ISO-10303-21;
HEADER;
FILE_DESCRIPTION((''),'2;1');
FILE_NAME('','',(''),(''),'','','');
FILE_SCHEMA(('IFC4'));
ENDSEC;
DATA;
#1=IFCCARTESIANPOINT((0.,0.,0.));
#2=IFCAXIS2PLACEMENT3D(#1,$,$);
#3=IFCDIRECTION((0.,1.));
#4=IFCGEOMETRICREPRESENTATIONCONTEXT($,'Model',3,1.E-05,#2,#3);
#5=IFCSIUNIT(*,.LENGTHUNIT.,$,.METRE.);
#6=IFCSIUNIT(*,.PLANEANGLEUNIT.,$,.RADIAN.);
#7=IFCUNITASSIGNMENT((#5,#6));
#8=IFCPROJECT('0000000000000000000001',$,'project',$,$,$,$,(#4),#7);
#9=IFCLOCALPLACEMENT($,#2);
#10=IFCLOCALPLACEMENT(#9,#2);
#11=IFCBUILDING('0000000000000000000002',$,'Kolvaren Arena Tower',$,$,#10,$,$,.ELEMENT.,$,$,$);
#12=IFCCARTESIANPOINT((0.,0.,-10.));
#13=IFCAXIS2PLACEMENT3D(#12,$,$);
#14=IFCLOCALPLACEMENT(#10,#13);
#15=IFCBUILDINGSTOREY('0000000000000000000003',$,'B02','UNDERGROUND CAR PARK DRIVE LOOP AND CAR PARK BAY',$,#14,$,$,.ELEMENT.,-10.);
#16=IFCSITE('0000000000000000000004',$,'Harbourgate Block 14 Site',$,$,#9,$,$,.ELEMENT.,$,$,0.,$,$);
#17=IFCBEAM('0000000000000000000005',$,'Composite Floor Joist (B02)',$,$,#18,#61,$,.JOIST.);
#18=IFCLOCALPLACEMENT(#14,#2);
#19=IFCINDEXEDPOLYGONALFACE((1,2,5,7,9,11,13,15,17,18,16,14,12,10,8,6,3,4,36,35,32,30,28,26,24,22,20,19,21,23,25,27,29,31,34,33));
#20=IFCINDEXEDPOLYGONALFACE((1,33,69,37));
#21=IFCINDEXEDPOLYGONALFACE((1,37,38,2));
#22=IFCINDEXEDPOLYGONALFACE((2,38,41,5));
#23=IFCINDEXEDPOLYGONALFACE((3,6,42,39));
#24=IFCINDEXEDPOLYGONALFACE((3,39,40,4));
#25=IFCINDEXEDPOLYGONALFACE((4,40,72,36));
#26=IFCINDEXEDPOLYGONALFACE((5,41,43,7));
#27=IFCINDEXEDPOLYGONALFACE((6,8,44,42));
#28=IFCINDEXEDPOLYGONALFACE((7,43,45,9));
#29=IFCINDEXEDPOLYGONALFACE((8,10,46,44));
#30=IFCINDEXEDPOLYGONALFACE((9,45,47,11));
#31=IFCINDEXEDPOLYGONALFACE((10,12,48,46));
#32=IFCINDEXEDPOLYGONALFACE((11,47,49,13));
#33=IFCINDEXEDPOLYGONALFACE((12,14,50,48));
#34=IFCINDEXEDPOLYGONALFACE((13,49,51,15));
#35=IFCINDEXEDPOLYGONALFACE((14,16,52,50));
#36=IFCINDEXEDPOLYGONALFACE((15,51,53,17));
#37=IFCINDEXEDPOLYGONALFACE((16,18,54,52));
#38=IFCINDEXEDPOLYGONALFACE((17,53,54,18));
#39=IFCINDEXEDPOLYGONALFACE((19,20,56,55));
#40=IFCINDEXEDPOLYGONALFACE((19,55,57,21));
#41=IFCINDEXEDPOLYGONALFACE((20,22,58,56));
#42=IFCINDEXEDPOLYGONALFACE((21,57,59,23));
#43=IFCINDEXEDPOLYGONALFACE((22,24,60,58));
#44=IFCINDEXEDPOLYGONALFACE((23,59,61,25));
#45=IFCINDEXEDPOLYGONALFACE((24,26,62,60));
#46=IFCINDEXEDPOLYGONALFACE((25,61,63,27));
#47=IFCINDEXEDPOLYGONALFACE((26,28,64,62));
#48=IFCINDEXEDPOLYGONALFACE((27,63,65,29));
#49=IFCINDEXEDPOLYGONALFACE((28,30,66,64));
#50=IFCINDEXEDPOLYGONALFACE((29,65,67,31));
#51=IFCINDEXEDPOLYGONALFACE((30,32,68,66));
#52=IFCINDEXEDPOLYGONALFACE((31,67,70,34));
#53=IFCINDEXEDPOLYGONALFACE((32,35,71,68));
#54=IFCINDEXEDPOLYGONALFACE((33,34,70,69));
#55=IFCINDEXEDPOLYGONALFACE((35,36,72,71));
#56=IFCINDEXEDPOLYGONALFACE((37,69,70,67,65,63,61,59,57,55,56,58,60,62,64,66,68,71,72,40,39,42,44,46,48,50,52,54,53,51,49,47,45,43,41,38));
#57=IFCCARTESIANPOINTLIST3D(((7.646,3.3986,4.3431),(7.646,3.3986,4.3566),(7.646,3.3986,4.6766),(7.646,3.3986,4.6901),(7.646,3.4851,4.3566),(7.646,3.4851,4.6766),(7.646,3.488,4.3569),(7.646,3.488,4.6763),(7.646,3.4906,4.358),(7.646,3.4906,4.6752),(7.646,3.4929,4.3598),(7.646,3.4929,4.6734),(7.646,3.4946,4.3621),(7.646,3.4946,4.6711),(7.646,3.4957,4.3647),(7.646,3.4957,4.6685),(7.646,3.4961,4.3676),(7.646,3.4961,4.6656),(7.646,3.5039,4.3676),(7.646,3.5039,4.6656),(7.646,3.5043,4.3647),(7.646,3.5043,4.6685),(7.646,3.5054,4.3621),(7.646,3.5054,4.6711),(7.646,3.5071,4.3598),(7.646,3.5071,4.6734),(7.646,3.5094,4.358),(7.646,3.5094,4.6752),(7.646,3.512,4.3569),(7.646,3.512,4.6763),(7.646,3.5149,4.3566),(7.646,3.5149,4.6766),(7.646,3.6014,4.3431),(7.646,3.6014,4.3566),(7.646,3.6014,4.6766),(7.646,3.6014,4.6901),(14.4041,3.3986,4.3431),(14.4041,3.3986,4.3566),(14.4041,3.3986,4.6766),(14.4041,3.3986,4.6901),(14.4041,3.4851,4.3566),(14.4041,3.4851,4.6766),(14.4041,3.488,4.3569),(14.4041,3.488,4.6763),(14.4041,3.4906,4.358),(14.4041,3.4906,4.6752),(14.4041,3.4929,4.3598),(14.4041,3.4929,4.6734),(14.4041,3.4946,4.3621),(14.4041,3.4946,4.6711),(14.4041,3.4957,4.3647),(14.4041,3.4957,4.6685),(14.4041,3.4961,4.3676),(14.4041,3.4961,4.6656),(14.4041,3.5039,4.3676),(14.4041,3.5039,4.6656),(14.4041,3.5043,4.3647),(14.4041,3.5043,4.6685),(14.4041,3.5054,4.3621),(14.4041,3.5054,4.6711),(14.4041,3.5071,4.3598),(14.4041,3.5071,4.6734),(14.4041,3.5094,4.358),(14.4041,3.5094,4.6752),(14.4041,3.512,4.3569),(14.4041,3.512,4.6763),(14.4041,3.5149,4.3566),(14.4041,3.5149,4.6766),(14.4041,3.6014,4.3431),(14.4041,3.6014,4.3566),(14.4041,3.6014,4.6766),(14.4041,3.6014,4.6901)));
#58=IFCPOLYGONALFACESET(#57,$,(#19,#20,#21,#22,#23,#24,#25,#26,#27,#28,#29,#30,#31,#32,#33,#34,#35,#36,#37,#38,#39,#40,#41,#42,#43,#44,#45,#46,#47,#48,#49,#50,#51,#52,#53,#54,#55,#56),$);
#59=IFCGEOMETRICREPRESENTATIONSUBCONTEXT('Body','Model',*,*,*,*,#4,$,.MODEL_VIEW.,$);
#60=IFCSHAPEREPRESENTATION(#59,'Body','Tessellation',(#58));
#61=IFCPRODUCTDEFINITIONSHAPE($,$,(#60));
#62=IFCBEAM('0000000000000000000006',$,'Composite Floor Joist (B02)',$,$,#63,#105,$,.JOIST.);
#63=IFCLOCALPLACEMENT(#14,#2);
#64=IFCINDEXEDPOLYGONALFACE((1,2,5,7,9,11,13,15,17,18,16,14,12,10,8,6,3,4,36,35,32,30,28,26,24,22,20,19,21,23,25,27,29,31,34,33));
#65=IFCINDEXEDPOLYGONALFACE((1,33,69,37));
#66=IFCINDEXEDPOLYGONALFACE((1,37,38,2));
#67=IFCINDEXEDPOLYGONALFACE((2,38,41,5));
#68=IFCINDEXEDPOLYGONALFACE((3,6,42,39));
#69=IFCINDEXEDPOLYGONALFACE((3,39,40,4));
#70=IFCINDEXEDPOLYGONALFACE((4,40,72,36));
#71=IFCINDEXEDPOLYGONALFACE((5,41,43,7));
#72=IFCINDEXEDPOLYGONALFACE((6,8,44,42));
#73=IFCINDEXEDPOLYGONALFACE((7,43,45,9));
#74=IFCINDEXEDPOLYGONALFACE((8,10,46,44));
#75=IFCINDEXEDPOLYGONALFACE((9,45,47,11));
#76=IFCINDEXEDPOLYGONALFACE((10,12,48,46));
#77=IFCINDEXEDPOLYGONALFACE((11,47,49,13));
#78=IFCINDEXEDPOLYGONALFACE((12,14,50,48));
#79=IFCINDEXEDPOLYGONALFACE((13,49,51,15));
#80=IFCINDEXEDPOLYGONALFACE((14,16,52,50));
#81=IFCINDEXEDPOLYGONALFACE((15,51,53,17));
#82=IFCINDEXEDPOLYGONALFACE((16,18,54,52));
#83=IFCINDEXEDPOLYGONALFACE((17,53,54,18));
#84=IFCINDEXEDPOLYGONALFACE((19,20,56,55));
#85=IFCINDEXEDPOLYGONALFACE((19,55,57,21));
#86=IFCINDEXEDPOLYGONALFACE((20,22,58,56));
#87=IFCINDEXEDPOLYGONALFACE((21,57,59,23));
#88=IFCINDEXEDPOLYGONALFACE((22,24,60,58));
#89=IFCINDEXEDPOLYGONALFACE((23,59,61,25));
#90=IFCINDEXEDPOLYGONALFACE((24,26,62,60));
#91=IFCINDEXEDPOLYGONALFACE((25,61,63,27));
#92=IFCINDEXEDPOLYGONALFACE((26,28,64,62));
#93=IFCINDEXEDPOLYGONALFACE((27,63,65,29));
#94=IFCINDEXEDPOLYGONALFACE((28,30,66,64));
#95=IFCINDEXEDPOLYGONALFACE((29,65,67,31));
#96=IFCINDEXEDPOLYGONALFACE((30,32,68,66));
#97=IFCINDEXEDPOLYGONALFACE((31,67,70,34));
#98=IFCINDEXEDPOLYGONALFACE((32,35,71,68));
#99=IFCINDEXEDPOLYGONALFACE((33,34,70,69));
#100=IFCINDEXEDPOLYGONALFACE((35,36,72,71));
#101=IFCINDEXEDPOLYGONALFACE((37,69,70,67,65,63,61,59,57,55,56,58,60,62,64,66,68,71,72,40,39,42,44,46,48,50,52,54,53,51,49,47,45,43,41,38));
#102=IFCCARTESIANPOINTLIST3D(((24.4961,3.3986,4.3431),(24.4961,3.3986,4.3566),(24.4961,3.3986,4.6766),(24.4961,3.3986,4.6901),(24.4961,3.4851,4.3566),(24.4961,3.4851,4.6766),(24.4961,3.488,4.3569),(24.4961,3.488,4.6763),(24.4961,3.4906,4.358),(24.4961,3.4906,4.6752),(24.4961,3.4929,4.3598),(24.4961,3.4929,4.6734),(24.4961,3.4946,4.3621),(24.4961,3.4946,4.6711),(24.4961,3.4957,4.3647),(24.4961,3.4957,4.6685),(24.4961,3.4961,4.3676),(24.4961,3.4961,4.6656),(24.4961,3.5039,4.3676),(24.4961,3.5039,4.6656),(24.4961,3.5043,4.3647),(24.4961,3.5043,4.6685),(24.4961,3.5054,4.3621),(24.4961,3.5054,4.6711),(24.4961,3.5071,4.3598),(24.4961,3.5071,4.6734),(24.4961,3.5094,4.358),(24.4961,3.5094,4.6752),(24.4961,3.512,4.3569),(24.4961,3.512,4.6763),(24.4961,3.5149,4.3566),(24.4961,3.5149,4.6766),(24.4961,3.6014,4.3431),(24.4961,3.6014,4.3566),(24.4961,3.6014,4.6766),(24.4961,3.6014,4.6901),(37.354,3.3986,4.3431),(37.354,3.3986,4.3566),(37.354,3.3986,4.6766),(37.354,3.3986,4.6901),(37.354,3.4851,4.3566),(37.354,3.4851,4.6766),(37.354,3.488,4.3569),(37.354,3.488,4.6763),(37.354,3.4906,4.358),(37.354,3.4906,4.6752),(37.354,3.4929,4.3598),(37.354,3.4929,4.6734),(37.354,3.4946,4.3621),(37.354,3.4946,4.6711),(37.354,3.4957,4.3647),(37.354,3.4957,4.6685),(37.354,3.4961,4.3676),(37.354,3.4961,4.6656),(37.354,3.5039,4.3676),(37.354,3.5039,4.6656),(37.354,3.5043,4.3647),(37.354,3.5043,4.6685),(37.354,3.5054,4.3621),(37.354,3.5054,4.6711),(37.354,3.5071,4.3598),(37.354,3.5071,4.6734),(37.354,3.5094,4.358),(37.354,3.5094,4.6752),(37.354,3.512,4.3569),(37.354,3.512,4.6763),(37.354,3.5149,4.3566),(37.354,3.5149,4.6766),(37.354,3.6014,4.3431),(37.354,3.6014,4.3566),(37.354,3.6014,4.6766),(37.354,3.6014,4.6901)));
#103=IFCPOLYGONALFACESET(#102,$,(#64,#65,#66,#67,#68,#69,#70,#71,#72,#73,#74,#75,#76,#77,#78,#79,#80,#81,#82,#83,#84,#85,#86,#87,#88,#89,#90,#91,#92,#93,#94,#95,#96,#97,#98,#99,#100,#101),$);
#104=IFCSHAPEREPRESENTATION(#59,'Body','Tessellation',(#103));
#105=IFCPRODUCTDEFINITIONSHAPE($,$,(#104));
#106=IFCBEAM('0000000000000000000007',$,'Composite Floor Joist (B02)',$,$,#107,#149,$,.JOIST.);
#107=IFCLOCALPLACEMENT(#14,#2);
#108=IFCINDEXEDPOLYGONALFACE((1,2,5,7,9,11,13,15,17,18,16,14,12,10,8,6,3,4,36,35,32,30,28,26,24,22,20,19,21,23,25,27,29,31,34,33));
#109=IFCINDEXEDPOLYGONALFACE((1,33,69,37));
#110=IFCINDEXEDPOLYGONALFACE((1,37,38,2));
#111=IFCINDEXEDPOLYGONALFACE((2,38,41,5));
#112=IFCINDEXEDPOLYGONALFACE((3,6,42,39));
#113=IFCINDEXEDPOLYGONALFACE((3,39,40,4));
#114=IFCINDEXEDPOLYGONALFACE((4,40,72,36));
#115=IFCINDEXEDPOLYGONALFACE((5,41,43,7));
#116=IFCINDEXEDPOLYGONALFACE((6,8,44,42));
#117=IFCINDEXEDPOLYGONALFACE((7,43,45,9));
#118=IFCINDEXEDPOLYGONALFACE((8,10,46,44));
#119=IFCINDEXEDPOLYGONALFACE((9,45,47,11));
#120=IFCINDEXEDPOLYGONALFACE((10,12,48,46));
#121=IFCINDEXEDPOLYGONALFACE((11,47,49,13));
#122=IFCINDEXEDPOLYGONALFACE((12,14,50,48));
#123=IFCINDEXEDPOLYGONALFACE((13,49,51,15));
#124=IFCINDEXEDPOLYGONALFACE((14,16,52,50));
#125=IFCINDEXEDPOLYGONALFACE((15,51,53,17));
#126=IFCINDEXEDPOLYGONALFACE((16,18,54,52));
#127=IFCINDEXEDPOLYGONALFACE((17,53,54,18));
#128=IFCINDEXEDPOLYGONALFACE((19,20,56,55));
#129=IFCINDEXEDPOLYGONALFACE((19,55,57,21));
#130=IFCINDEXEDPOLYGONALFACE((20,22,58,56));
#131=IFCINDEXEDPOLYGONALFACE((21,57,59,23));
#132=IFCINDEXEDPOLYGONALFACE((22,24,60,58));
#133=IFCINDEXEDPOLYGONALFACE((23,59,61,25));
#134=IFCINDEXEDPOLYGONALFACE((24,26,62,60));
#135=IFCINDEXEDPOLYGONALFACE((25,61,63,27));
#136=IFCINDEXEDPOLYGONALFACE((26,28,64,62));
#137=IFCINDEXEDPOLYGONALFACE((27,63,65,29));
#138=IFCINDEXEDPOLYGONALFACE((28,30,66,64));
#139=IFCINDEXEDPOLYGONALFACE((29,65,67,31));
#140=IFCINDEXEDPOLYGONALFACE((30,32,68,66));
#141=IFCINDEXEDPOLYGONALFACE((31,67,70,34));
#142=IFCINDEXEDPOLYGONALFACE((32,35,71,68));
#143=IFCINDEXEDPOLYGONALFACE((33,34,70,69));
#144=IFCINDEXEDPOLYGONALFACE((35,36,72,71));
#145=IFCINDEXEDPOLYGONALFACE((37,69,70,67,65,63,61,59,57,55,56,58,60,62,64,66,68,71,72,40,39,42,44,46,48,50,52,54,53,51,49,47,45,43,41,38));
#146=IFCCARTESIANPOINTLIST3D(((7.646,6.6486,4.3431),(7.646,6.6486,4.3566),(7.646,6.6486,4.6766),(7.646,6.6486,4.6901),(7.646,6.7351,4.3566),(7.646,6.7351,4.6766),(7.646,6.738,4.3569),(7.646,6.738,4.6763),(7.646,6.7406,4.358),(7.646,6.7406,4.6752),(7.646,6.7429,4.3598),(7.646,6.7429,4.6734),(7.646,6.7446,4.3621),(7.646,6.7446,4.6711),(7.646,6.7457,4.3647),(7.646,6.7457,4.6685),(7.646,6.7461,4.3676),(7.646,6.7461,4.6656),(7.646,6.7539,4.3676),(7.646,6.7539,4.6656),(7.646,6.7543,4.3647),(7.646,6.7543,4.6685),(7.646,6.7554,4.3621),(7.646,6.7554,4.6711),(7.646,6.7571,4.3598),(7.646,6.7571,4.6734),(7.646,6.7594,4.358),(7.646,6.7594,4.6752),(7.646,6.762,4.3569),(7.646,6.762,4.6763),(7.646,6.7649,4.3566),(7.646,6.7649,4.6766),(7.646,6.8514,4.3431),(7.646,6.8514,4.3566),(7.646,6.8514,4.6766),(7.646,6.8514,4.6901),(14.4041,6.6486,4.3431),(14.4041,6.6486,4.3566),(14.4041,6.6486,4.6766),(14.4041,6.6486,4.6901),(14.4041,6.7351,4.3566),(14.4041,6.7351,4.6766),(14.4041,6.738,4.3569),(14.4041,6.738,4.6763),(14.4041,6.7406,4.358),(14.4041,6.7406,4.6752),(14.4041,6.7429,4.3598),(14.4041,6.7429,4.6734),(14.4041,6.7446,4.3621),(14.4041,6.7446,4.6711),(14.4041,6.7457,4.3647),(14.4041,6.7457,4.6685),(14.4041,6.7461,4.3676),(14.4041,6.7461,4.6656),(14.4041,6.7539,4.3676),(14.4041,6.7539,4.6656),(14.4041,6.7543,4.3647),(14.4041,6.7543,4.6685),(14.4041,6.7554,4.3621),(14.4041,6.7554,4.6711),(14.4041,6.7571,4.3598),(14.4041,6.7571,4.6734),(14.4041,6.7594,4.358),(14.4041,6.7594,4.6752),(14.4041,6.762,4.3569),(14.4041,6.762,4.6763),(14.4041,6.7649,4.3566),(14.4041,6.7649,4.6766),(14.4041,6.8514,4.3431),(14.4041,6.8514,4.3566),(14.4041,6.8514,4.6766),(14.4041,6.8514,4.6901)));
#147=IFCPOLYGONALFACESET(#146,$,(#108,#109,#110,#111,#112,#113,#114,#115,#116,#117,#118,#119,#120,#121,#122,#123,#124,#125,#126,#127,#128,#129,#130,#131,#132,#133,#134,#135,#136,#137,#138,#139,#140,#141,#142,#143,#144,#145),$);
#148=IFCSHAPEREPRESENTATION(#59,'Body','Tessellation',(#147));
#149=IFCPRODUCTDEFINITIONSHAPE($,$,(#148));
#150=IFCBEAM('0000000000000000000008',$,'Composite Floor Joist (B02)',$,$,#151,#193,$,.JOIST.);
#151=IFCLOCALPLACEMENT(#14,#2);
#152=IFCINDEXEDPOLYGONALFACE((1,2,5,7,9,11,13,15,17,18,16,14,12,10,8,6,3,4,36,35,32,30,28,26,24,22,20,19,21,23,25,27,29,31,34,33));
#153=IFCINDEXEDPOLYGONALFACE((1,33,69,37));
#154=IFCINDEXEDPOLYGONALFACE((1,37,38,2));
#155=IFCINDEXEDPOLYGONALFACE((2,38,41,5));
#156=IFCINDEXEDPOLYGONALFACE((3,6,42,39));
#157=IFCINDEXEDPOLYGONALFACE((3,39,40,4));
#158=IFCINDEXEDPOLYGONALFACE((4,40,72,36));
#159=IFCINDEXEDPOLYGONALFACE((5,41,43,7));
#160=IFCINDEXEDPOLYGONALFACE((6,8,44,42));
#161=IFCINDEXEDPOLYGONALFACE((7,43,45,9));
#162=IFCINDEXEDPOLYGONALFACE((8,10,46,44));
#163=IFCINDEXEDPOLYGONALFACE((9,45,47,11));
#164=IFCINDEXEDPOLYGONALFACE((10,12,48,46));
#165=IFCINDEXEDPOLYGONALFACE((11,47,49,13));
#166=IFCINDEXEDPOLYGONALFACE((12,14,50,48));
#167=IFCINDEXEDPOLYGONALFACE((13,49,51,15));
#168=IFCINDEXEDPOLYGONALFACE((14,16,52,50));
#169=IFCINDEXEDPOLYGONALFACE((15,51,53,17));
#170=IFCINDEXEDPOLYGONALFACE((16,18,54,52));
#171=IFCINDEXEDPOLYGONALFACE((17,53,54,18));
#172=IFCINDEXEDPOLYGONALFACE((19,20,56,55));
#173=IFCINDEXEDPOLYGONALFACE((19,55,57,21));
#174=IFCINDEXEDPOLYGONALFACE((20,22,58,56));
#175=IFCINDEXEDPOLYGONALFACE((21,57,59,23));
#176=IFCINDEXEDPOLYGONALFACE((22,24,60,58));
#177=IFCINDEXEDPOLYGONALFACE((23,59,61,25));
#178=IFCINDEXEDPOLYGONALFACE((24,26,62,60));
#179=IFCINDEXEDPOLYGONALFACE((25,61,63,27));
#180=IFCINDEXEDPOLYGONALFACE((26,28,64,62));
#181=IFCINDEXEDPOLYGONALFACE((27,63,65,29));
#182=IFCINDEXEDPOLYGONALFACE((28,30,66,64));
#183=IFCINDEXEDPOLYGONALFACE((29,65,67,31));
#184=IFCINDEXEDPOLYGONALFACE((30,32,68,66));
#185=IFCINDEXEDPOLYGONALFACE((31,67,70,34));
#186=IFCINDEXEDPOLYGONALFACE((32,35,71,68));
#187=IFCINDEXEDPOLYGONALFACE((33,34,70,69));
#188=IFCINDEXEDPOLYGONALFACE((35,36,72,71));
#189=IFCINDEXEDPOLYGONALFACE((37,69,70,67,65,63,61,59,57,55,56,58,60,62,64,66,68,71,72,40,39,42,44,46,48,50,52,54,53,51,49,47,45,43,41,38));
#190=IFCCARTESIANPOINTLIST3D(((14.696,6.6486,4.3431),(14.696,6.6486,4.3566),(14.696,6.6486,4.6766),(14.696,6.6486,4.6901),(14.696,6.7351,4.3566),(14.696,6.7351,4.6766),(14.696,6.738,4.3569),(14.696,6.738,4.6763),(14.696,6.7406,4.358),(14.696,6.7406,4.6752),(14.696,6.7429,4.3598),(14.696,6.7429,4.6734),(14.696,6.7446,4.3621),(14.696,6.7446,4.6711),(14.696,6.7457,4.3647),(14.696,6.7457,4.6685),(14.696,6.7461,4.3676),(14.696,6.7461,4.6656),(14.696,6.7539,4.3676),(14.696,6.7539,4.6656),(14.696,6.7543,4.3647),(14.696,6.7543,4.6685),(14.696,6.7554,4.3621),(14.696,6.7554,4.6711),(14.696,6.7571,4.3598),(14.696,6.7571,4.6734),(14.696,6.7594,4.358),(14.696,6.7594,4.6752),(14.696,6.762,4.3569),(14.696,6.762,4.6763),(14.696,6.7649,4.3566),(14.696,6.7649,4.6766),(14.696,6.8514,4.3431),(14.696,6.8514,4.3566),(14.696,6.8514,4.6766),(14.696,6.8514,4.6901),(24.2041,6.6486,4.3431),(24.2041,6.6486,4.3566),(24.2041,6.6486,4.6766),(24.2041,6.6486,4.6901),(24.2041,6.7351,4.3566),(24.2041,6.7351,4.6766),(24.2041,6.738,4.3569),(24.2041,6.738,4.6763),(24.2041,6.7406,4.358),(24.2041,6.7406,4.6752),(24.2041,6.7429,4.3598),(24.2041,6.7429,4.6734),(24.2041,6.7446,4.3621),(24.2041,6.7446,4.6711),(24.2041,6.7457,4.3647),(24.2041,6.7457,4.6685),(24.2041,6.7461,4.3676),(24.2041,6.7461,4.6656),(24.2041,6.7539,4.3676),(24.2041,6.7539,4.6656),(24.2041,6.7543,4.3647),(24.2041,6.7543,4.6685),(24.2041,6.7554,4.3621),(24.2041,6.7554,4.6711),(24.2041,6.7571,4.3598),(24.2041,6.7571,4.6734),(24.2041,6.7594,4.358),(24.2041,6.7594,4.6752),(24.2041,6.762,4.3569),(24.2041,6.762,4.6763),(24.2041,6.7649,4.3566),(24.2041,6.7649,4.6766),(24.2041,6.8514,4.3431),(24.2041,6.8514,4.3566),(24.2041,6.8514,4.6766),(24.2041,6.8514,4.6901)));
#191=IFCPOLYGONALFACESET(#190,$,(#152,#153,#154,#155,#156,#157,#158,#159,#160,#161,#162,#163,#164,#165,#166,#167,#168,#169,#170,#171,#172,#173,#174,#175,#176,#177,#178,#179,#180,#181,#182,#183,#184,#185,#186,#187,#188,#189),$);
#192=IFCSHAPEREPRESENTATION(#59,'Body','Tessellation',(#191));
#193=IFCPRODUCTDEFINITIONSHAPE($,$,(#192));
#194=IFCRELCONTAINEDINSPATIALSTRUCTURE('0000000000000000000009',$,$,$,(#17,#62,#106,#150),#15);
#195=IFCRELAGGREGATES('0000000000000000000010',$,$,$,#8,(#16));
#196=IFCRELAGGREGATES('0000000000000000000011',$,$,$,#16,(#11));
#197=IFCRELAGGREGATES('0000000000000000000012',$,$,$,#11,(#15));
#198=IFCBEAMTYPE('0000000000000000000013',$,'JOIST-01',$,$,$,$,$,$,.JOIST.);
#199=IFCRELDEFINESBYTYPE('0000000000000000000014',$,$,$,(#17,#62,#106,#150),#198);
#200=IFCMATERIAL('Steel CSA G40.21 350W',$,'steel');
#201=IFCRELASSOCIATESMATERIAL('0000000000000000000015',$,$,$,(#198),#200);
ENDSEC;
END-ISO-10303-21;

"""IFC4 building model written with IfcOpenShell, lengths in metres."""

from ifc_helpers import new_model, si_unit, direction, frame, origin, origin_2d, place, context, subcontext, project, spatial, i_section, extrude, material, material_profile, profile_set, type_object, element, save


model = new_model("IFC4")

# Units and contexts
model_context = context("Model", 3, precision=1e-05, world=origin(), true_north=direction((0.0, 1.0)))
body_context = subcontext(model_context, "Body", "Model", "MODEL_VIEW")
ifc_project = project(units=[si_unit("LENGTHUNIT", "METRE"), si_unit("PLANEANGLEUNIT", "RADIAN")], contexts=[model_context])

# Site, building, storey
site_placement = place(None, origin())
site = spatial("IfcSite", under=ifc_project, at=site_placement, Name="Harbourgate Block 14 Site", CompositionType="ELEMENT", RefElevation=0.0)
building_placement = place(site_placement, origin())
building = spatial("IfcBuilding", under=site, at=building_placement, Name="Kolvaren Arena Tower", CompositionType="ELEMENT")
storey_placement = place(building_placement, frame((0.0, 0.0, -10.0)))
storey = spatial("IfcBuildingStorey", under=building, at=storey_placement, Name="B02", Description="UNDERGROUND CAR PARK DRIVE LOOP AND CAR PARK BAY", CompositionType="ELEMENT", Elevation=-10.0)

# Beams
ifc_material_1 = material(Name="Steel CSA G40.21 350W", Category="steel")
ifc_material_profile_1 = material_profile(ifc_material_1, i_section(OverallWidth=0.2029, OverallDepth=0.3469, WebThickness=0.0078, FlangeThickness=0.0134, FilletRadius=0.011, at=origin_2d()), Name="W360x64")
ifc_profile_set_1 = profile_set([ifc_material_profile_1], Name="Steel CSA G40.21 350W")
beam_type_1 = type_object("IfcBeamType", Name="JOIST-01", PredefinedType="JOIST", material=ifc_profile_set_1)
beam_1_placement = place(storey_placement, frame((7.646, 3.5, 4.5166), z_axis=(1.0, 0.0, 0.0), x_axis=(0.0, 1.0, 0.0)))
element("IfcBeam", 1, at=beam_1_placement, inside=storey, type_object=beam_type_1, Name="Composite Floor Joist (B02)", PredefinedType="JOIST", context=body_context, shape_type="SweptSolid", body=[
    extrude(i_section(OverallWidth=0.2029, OverallDepth=0.3469, WebThickness=0.0078, FlangeThickness=0.0134, FilletRadius=0.011, at=origin_2d()), origin(), (0.0, 0.0, 1.0), 6.7581),
])
beam_2_placement = place(storey_placement, frame((24.4961, 3.5, 4.5166), z_axis=(1.0, 0.0, 0.0), x_axis=(0.0, 1.0, 0.0)))
element("IfcBeam", 2, at=beam_2_placement, inside=storey, type_object=beam_type_1, Name="Composite Floor Joist (B02)", PredefinedType="JOIST", context=body_context, shape_type="SweptSolid", body=[
    extrude(i_section(OverallWidth=0.2029, OverallDepth=0.3469, WebThickness=0.0078, FlangeThickness=0.0134, FilletRadius=0.011, at=origin_2d()), origin(), (0.0, 0.0, 1.0), 12.8579),
])
beam_3_placement = place(storey_placement, frame((7.646, 6.75, 4.5166), z_axis=(1.0, 0.0, 0.0), x_axis=(0.0, 1.0, 0.0)))
element("IfcBeam", 3, at=beam_3_placement, inside=storey, type_object=beam_type_1, Name="Composite Floor Joist (B02)", PredefinedType="JOIST", context=body_context, shape_type="SweptSolid", body=[
    extrude(i_section(OverallWidth=0.2029, OverallDepth=0.3469, WebThickness=0.0078, FlangeThickness=0.0134, FilletRadius=0.011, at=origin_2d()), origin(), (0.0, 0.0, 1.0), 6.7581),
])
for number, where, z_axis, x_axis, name in (
    (4, (14.696, 6.75, 4.5166), (1.0, 0.0, 0.0), (0.0, 1.0, 0.0), "Composite Floor Joist (B02)"),
):
    element("IfcBeam", number, at=place(storey_placement, frame(where, z_axis=z_axis, x_axis=x_axis)), inside=storey, type_object=beam_type_1, Name=name, PredefinedType="JOIST", context=body_context, shape_type="SweptSolid", body=[
        extrude(i_section(OverallWidth=0.2029, OverallDepth=0.3469, WebThickness=0.0078, FlangeThickness=0.0134, FilletRadius=0.011, at=origin_2d()), origin(), (0.0, 0.0, 1.0), 9.5081),
    ])

save(model, "model.ifc")
